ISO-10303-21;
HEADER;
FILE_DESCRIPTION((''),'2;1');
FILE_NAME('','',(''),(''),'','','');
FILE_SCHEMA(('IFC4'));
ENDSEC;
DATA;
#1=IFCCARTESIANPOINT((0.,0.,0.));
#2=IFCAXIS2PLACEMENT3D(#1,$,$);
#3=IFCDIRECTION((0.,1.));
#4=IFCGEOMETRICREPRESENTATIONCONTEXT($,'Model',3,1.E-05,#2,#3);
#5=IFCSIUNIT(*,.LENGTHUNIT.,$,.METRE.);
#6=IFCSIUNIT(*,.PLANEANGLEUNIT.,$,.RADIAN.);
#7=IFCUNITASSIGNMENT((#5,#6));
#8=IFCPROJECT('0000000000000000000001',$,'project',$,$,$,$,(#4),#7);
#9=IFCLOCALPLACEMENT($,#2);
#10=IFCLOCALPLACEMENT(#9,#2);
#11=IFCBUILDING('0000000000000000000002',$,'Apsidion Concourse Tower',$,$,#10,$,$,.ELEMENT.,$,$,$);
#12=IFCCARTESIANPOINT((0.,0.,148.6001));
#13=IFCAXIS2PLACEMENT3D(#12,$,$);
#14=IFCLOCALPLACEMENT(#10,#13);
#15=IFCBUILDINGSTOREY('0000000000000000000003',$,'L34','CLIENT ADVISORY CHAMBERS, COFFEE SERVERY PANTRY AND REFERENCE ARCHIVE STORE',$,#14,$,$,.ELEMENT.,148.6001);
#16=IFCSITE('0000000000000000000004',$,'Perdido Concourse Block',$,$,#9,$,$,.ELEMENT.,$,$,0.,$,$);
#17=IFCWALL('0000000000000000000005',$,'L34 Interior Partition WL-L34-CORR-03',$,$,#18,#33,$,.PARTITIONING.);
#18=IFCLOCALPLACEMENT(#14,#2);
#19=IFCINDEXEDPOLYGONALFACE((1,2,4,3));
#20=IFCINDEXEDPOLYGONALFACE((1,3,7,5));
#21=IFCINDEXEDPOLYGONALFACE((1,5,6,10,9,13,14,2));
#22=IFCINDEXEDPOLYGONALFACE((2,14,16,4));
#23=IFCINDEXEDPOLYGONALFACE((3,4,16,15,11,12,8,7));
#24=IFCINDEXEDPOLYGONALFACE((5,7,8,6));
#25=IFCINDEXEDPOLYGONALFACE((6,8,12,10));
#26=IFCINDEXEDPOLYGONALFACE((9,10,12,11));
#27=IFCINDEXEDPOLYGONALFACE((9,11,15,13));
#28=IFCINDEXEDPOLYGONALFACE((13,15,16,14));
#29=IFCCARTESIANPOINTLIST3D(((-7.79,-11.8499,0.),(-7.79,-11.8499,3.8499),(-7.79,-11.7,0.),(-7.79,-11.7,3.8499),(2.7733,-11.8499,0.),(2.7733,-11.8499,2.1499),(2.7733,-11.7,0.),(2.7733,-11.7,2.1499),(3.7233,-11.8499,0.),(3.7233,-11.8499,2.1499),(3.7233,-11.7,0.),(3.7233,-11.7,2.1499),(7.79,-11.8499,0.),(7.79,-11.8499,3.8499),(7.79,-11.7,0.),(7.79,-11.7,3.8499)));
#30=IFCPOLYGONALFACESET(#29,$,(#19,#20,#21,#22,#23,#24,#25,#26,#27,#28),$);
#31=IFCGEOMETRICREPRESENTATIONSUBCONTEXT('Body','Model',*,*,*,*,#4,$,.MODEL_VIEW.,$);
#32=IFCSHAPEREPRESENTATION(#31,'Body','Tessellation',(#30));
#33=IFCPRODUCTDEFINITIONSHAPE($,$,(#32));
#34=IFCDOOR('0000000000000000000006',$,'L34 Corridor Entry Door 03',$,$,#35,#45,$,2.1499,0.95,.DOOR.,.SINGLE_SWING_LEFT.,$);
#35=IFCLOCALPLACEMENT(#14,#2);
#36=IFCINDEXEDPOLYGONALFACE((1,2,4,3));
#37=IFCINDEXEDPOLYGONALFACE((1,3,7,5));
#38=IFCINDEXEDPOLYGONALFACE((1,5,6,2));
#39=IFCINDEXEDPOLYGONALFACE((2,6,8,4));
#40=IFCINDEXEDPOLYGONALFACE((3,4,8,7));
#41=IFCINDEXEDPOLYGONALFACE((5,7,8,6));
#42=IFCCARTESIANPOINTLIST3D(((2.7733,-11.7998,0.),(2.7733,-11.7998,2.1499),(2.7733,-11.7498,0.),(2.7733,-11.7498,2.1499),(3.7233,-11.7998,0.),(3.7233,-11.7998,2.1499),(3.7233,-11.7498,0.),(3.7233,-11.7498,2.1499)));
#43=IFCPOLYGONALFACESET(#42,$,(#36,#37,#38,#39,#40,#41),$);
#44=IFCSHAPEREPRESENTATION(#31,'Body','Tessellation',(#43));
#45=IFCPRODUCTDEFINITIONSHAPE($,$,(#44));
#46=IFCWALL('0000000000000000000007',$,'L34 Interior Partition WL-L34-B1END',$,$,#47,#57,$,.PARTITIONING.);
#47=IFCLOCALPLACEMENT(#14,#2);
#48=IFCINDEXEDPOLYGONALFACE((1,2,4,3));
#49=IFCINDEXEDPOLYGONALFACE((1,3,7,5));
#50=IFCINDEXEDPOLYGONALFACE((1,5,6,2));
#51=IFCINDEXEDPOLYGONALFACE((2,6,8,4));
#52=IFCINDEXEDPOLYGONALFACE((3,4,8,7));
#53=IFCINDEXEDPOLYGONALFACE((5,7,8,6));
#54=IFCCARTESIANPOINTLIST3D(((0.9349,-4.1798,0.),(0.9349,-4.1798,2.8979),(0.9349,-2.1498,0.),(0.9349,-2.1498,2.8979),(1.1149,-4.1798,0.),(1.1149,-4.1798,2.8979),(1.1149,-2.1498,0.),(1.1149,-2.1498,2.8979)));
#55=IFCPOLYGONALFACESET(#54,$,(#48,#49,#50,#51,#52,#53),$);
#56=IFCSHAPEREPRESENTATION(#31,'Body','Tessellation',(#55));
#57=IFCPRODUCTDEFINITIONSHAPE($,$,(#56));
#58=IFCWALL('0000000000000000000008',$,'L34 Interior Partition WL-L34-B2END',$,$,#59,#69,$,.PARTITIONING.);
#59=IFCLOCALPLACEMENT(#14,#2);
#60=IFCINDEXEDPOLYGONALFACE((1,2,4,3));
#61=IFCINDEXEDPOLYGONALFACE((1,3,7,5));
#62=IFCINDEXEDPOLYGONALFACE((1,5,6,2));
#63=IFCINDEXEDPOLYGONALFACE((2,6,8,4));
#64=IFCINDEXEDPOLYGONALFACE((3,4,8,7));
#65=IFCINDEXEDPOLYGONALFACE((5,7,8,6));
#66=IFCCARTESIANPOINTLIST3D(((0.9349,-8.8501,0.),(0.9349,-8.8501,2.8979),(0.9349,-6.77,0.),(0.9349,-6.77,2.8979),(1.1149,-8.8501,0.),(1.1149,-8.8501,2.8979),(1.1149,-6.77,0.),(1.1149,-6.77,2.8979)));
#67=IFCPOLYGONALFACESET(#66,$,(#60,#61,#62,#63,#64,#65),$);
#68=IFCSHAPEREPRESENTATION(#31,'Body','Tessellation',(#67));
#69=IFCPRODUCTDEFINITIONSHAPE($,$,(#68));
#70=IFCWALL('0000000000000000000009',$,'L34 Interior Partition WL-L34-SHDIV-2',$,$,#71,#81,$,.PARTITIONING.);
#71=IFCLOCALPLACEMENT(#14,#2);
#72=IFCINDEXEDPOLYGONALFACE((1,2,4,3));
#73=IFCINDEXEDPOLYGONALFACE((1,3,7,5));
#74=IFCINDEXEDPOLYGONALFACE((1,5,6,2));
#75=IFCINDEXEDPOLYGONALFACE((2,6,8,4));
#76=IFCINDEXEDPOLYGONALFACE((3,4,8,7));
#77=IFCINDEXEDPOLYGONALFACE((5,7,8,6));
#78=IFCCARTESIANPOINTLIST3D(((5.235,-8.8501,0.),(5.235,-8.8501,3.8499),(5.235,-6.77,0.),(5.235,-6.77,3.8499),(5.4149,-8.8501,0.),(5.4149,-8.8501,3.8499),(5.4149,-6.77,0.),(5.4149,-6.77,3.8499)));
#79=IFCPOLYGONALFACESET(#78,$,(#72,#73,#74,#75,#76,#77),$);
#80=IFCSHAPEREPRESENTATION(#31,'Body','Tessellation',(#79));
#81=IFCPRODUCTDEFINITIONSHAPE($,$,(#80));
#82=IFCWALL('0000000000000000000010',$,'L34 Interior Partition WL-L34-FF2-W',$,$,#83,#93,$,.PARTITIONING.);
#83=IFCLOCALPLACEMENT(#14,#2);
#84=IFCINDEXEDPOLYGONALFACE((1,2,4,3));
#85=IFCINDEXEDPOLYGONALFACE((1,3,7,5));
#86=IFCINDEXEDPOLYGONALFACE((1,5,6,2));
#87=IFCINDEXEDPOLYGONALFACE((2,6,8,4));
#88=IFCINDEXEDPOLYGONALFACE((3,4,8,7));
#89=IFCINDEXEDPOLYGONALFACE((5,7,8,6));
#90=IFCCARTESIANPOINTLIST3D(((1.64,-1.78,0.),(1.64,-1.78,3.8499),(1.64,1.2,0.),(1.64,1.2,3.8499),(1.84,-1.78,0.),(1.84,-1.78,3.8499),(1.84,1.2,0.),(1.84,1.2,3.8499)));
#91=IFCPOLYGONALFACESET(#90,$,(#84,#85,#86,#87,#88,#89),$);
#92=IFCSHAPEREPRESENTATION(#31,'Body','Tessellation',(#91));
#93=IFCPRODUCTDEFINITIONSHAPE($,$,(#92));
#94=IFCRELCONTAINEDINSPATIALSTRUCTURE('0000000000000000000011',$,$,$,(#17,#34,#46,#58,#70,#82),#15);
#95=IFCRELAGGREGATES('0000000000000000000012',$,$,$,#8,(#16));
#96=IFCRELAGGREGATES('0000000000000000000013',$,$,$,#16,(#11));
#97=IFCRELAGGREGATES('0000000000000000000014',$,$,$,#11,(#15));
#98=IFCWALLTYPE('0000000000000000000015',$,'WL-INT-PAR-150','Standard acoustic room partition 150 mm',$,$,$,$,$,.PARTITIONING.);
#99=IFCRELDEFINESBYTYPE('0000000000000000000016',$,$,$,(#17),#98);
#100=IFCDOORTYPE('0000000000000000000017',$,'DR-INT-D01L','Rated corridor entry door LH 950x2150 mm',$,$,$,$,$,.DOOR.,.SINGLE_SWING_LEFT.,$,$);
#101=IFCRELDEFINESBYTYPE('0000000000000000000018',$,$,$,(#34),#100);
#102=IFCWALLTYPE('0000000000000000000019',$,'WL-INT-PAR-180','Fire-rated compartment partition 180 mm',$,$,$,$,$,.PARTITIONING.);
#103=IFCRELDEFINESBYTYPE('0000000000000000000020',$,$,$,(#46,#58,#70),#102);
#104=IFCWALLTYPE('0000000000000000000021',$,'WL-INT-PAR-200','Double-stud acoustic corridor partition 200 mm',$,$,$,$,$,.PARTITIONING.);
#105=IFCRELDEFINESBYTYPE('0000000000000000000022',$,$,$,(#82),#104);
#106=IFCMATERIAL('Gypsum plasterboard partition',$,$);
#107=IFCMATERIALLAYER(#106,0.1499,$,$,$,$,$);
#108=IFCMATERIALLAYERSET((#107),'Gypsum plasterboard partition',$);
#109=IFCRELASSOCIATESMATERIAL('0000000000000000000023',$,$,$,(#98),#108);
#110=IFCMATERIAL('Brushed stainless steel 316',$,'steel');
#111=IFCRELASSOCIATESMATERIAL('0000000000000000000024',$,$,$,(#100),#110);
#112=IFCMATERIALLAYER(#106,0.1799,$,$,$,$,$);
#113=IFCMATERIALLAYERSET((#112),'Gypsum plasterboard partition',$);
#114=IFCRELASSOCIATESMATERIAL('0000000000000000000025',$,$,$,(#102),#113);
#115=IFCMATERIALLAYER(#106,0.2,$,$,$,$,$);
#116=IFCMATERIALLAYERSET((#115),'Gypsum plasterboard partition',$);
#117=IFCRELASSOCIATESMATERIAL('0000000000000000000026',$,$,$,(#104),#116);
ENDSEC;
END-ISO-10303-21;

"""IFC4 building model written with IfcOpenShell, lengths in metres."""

from ifc_helpers import new_model, si_unit, direction, frame, frame_2d, origin, place, context, subcontext, project, spatial, rectangle, extrude, material, layer, layer_set, type_object, element, fill, save


model = new_model("IFC4")

# Units and contexts
model_context = context("Model", 3, precision=1e-05, world=origin(), true_north=direction((0.0, 1.0)))
body_context = subcontext(model_context, "Body", "Model", "MODEL_VIEW")
ifc_project = project(units=[si_unit("LENGTHUNIT", "METRE"), si_unit("PLANEANGLEUNIT", "RADIAN")], contexts=[model_context])

# Site, building, storey
site_placement = place(None, origin())
site = spatial("IfcSite", under=ifc_project, at=site_placement, Name="Perdido Concourse Block", CompositionType="ELEMENT", RefElevation=0.0)
building_placement = place(site_placement, origin())
building = spatial("IfcBuilding", under=site, at=building_placement, Name="Apsidion Concourse Tower", CompositionType="ELEMENT")
storey_placement = place(building_placement, frame((0.0, 0.0, 148.6001)))
storey = spatial("IfcBuildingStorey", under=building, at=storey_placement, Name="L34", Description="CLIENT ADVISORY CHAMBERS, COFFEE SERVERY PANTRY AND REFERENCE ARCHIVE STORE", CompositionType="ELEMENT", Elevation=148.6001)

# Shared definitions
ifc_material_1 = material(Name="Gypsum plasterboard partition")
ifc_layer_1 = layer(ifc_material_1, 0.1499)
ifc_layer_set_1 = layer_set([ifc_layer_1], Name="Gypsum plasterboard partition")
wall_type_1 = type_object("IfcWallType", Name="WL-INT-PAR-150", Description="Standard acoustic room partition 150 mm", PredefinedType="PARTITIONING", material=ifc_layer_set_1)

# Wall, opening, door
wall_1_placement = place(storey_placement, frame((7.79, -11.7749, 0.0), z_axis=(0.0, 0.0, 1.0), x_axis=(-1.0, 0.0, 0.0)))
wall_1 = element("IfcWall", 1, at=wall_1_placement, inside=storey, type_object=wall_type_1, Name="L34 Interior Partition WL-L34-CORR-03", PredefinedType="PARTITIONING", context=body_context, shape_type="SweptSolid", body=[
    extrude(rectangle(XDim=15.5801, YDim=0.1499, at=frame_2d((7.79, 0.0))), origin(), (0.0, 0.0, 1.0), 3.8499),
])
opening_1_placement = place(wall_1_placement, frame((4.0667, 0.0, 0.0)))
opening_1 = element("IfcOpeningElement", 2, at=opening_1_placement, cuts=wall_1, PredefinedType="OPENING", context=body_context, shape_type="SweptSolid", body=[
    extrude(rectangle(XDim=0.95, YDim=2.1499, at=frame_2d((0.4751, 1.075))), frame((0.0, 0.085, 0.0), z_axis=(0.0, -1.0, 0.0), x_axis=(1.0, 0.0, 0.0)), (0.0, 0.0, 1.0), 0.1699),
])
ifc_material_2 = material(Name="Brushed stainless steel 316", Category="steel")
door_type_1 = type_object("IfcDoorType", Name="DR-INT-D01L", Description="Rated corridor entry door LH 950x2150 mm", OperationType="SINGLE_SWING_LEFT", PredefinedType="DOOR", material=ifc_material_2)
door_1_placement = place(opening_1_placement, origin())
door_1 = element("IfcDoor", 3, at=door_1_placement, inside=storey, type_object=door_type_1, Name="L34 Corridor Entry Door 03", OperationType="SINGLE_SWING_LEFT", OverallHeight=2.1499, OverallWidth=0.95, PredefinedType="DOOR", context=body_context, shape_type="SweptSolid", body=[
    extrude(rectangle(XDim=0.95, YDim=2.1499, at=frame_2d((0.4751, 1.075))), frame((0.0, 0.0249, 0.0), z_axis=(0.0, -1.0, 0.0), x_axis=(1.0, 0.0, 0.0)), (0.0, 0.0, 1.0), 0.05),
])
fill(opening_1, door_1)

# Walls
ifc_layer_2 = layer(ifc_material_1, 0.1799)
ifc_layer_set_2 = layer_set([ifc_layer_2], Name="Gypsum plasterboard partition")
wall_type_2 = type_object("IfcWallType", Name="WL-INT-PAR-180", Description="Fire-rated compartment partition 180 mm", PredefinedType="PARTITIONING", material=ifc_layer_set_2)
wall_2_placement = place(storey_placement, frame((1.0249, -4.1799, 0.0), z_axis=(0.0, 0.0, 1.0), x_axis=(0.0, 1.0, 0.0)))
element("IfcWall", 4, at=wall_2_placement, inside=storey, type_object=wall_type_2, Name="L34 Interior Partition WL-L34-B1END", PredefinedType="PARTITIONING", context=body_context, shape_type="SweptSolid", body=[
    extrude(rectangle(XDim=2.03, YDim=0.1799, at=frame_2d((1.0151, 0.0))), origin(), (0.0, 0.0, 1.0), 2.8979),
])
wall_3_placement = place(storey_placement, frame((1.0249, -8.8501, 0.0), z_axis=(0.0, 0.0, 1.0), x_axis=(0.0, 1.0, 0.0)))
element("IfcWall", 5, at=wall_3_placement, inside=storey, type_object=wall_type_2, Name="L34 Interior Partition WL-L34-B2END", PredefinedType="PARTITIONING", context=body_context, shape_type="SweptSolid", body=[
    extrude(rectangle(XDim=2.0801, YDim=0.1799, at=frame_2d((1.04, 0.0))), origin(), (0.0, 0.0, 1.0), 2.8979),
])
wall_4_placement = place(storey_placement, frame((5.325, -8.8501, 0.0), z_axis=(0.0, 0.0, 1.0), x_axis=(0.0, 1.0, 0.0)))
element("IfcWall", 6, at=wall_4_placement, inside=storey, type_object=wall_type_2, Name="L34 Interior Partition WL-L34-SHDIV-2", PredefinedType="PARTITIONING", context=body_context, shape_type="SweptSolid", body=[
    extrude(rectangle(XDim=2.0801, YDim=0.1799, at=frame_2d((1.04, 0.0))), origin(), (0.0, 0.0, 1.0), 3.8499),
])
ifc_layer_3 = layer(ifc_material_1, 0.2)
ifc_layer_set_3 = layer_set([ifc_layer_3], Name="Gypsum plasterboard partition")
wall_type_3 = type_object("IfcWallType", Name="WL-INT-PAR-200", Description="Double-stud acoustic corridor partition 200 mm", PredefinedType="PARTITIONING", material=ifc_layer_set_3)
wall_5_placement = place(storey_placement, frame((1.74, -1.78, 0.0), z_axis=(0.0, 0.0, 1.0), x_axis=(0.0, 1.0, 0.0)))
element("IfcWall", 7, at=wall_5_placement, inside=storey, type_object=wall_type_3, Name="L34 Interior Partition WL-L34-FF2-W", PredefinedType="PARTITIONING", context=body_context, shape_type="SweptSolid", body=[
    extrude(rectangle(XDim=2.98, YDim=0.2, at=frame_2d((1.49, 0.0))), origin(), (0.0, 0.0, 1.0), 3.8499),
])

save(model, "model.ifc")
